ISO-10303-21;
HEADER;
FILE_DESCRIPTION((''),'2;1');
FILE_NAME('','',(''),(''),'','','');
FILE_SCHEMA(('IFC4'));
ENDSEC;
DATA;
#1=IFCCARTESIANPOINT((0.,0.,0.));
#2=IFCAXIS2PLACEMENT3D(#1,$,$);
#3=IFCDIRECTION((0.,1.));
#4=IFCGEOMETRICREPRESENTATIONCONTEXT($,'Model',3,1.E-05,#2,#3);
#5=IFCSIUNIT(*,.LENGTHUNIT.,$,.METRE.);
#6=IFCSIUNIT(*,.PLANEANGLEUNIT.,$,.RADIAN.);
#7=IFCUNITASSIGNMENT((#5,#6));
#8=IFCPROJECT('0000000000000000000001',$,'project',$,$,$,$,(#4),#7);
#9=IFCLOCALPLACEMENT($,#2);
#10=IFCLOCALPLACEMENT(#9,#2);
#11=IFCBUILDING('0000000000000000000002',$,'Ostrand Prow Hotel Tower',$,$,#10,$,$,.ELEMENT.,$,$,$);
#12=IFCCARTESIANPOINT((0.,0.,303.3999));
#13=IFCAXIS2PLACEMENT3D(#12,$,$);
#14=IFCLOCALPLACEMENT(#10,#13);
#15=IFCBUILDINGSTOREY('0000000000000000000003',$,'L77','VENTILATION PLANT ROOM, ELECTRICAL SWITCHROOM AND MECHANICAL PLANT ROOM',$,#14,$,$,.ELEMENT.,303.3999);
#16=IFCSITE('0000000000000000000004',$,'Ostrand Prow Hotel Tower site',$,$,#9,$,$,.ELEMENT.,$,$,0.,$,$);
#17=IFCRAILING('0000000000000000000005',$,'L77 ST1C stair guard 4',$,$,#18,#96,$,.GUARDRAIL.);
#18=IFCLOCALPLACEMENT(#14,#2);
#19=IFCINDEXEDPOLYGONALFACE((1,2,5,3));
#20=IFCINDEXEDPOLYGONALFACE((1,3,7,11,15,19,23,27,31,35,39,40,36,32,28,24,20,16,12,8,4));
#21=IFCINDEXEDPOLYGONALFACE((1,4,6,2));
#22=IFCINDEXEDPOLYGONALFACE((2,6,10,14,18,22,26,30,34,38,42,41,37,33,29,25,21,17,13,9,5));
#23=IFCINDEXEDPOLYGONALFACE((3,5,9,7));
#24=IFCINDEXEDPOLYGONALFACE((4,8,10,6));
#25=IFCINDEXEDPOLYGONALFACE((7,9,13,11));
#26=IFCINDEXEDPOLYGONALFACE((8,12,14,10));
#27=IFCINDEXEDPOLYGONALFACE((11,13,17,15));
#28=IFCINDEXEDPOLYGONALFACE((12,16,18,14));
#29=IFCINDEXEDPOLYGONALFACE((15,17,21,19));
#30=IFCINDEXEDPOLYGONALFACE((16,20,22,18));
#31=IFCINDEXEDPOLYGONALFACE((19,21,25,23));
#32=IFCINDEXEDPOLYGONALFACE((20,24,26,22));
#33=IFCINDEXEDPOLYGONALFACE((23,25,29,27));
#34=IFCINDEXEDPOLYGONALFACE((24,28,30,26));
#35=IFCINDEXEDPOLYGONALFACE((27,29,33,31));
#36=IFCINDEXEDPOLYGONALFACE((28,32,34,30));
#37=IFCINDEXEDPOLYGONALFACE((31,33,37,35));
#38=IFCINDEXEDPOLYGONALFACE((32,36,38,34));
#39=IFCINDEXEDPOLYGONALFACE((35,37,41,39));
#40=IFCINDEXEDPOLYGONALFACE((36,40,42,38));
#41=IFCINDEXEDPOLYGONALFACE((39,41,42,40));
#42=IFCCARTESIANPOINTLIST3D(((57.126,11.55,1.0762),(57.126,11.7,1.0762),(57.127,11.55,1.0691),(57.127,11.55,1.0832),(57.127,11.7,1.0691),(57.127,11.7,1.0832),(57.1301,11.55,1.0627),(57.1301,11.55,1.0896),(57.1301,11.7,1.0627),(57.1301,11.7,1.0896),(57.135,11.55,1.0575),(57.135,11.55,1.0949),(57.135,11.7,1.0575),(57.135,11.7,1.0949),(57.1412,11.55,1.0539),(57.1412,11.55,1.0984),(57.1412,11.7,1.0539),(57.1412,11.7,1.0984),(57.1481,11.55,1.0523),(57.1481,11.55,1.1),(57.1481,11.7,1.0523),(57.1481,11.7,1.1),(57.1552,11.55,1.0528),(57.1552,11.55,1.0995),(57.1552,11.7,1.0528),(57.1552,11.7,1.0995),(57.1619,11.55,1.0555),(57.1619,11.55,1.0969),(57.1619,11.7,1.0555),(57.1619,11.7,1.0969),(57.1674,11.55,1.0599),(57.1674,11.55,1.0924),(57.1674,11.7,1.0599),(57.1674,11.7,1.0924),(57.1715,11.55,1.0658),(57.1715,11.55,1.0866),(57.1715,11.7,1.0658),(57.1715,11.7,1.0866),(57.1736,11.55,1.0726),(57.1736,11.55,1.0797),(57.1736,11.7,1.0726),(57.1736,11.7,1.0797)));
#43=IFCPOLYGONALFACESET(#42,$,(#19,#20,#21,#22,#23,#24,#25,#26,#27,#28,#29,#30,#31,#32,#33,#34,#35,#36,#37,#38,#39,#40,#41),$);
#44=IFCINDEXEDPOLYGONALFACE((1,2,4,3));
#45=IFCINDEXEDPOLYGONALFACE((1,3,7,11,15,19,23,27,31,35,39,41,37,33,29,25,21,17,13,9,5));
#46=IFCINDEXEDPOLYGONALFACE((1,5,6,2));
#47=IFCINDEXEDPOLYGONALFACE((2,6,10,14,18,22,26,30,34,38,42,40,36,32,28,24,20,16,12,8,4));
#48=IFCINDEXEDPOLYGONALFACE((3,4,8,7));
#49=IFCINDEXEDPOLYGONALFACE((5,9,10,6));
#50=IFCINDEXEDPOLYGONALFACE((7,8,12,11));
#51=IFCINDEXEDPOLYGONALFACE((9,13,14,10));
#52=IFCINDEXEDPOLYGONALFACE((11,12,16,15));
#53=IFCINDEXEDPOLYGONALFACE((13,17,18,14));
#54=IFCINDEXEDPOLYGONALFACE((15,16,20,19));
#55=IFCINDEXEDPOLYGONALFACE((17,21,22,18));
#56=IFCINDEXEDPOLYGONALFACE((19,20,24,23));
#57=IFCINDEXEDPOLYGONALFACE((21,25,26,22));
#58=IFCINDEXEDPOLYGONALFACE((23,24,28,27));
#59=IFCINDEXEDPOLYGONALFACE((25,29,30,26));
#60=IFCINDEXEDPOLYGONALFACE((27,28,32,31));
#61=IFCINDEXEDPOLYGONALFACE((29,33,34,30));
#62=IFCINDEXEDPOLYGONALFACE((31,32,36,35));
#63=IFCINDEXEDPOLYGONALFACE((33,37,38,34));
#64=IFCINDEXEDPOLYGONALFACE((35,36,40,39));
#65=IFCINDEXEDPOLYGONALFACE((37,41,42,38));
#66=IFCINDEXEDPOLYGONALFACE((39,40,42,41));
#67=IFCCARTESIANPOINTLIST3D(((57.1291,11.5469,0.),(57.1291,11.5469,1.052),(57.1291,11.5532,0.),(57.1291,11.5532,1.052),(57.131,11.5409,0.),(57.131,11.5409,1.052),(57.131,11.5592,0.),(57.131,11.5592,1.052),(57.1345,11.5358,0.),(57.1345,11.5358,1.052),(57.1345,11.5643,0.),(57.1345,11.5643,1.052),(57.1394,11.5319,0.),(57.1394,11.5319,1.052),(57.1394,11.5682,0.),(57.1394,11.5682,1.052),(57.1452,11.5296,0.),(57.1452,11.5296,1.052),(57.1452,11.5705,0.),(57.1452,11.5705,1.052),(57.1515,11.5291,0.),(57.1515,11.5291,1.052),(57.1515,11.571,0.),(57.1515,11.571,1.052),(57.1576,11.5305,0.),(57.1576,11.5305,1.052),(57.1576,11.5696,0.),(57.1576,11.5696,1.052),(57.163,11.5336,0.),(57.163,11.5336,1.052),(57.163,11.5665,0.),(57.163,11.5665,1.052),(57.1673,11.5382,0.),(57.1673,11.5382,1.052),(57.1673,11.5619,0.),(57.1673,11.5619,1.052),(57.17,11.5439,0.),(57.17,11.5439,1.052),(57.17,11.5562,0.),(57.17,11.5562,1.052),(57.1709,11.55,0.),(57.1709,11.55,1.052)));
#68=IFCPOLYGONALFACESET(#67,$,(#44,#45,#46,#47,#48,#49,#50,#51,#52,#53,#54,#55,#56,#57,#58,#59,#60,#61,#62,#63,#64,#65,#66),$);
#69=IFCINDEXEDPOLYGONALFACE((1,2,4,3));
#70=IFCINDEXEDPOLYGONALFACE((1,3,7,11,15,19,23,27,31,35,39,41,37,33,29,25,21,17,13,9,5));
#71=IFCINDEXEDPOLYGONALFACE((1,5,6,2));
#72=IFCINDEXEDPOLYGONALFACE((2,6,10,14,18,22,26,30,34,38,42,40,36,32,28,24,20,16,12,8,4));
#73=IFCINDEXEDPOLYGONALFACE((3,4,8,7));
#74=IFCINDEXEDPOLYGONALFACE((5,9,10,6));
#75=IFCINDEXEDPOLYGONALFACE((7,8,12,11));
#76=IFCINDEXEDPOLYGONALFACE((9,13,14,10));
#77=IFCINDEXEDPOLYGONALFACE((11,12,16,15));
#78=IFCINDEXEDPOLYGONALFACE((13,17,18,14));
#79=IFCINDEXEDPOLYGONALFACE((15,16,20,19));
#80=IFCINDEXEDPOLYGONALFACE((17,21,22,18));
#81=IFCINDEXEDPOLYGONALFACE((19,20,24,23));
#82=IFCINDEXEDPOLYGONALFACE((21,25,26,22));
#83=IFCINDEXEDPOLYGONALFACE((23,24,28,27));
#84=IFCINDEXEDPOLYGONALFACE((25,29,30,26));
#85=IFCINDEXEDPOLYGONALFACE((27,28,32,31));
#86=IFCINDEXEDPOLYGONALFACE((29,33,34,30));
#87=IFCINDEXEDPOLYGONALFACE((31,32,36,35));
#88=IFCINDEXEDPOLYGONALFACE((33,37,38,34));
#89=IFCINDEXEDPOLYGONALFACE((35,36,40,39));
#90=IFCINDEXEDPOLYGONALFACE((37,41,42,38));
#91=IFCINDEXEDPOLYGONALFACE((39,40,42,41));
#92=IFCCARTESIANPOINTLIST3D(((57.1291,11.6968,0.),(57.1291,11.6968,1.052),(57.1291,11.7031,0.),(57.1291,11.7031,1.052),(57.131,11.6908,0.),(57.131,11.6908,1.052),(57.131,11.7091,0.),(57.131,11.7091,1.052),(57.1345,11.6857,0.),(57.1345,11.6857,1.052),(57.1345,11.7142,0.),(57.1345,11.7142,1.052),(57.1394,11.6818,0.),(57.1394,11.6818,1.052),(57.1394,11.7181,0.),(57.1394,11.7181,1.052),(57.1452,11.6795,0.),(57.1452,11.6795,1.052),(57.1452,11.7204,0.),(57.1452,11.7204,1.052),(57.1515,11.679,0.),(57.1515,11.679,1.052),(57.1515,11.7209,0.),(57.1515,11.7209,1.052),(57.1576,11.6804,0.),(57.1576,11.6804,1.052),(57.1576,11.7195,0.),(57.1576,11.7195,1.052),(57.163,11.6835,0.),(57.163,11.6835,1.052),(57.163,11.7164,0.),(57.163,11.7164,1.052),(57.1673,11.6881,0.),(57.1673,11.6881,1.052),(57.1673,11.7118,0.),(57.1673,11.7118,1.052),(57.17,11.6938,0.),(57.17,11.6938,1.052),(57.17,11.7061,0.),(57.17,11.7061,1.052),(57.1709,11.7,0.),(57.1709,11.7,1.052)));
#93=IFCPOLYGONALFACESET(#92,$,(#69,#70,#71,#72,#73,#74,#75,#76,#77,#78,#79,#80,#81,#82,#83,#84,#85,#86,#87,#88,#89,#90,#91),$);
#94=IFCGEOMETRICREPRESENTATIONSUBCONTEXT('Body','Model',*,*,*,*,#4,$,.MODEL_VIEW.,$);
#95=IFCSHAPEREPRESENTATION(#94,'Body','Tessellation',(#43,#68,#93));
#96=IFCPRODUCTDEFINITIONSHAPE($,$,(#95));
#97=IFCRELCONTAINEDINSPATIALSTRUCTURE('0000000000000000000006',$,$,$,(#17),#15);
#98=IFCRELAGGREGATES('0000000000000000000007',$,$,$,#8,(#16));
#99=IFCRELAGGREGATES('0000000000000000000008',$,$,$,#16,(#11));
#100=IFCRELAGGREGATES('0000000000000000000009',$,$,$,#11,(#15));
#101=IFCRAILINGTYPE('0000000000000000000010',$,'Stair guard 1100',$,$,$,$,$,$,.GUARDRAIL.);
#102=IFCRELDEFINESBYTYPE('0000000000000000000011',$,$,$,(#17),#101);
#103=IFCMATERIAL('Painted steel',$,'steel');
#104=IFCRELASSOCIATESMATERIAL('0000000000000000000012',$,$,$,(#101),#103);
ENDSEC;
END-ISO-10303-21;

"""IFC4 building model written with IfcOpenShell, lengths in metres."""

from ifc_helpers import new_model, si_unit, direction, frame, origin, origin_2d, place, context, subcontext, project, spatial, circle, extrude, material, type_object, element, save


model = new_model("IFC4")

# Units and contexts
model_context = context("Model", 3, precision=1e-05, world=origin(), true_north=direction((0.0, 1.0)))
body_context = subcontext(model_context, "Body", "Model", "MODEL_VIEW")
ifc_project = project(units=[si_unit("LENGTHUNIT", "METRE"), si_unit("PLANEANGLEUNIT", "RADIAN")], contexts=[model_context])

# Site, building, storey
site_placement = place(None, origin())
site = spatial("IfcSite", under=ifc_project, at=site_placement, Name="Ostrand Prow Hotel Tower site", CompositionType="ELEMENT", RefElevation=0.0)
building_placement = place(site_placement, origin())
building = spatial("IfcBuilding", under=site, at=building_placement, Name="Ostrand Prow Hotel Tower", CompositionType="ELEMENT")
storey_placement = place(building_placement, frame((0.0, 0.0, 303.3999)))
storey = spatial("IfcBuildingStorey", under=building, at=storey_placement, Name="L77", Description="VENTILATION PLANT ROOM, ELECTRICAL SWITCHROOM AND MECHANICAL PLANT ROOM", CompositionType="ELEMENT", Elevation=303.3999)

# Railing
ifc_material_1 = material(Name="Painted steel", Category="steel")
railing_type_1 = type_object("IfcRailingType", Name="Stair guard 1100", PredefinedType="GUARDRAIL", material=ifc_material_1)
railing_1_placement = place(storey_placement, frame((57.1499, 11.55, 0.0)))
element("IfcRailing", 1, at=railing_1_placement, inside=storey, type_object=railing_type_1, Name="L77 ST1C stair guard 4", PredefinedType="GUARDRAIL", context=body_context, shape_type="SweptSolid", body=[
    extrude(circle(Radius=0.0239, at=origin_2d()), frame((0.0, 0.0, 1.0762), z_axis=(0.0, 1.0, 0.0), x_axis=(-1.0, 0.0, 0.0)), (0.0, 0.0, 1.0), 0.1499),
    extrude(circle(Radius=0.021, at=origin_2d()), origin(), (0.0, 0.0, 1.0), 1.052),
    extrude(circle(Radius=0.021, at=origin_2d()), frame((0.0, 0.1499, 0.0)), (0.0, 0.0, 1.0), 1.052),
])

save(model, "model.ifc")
